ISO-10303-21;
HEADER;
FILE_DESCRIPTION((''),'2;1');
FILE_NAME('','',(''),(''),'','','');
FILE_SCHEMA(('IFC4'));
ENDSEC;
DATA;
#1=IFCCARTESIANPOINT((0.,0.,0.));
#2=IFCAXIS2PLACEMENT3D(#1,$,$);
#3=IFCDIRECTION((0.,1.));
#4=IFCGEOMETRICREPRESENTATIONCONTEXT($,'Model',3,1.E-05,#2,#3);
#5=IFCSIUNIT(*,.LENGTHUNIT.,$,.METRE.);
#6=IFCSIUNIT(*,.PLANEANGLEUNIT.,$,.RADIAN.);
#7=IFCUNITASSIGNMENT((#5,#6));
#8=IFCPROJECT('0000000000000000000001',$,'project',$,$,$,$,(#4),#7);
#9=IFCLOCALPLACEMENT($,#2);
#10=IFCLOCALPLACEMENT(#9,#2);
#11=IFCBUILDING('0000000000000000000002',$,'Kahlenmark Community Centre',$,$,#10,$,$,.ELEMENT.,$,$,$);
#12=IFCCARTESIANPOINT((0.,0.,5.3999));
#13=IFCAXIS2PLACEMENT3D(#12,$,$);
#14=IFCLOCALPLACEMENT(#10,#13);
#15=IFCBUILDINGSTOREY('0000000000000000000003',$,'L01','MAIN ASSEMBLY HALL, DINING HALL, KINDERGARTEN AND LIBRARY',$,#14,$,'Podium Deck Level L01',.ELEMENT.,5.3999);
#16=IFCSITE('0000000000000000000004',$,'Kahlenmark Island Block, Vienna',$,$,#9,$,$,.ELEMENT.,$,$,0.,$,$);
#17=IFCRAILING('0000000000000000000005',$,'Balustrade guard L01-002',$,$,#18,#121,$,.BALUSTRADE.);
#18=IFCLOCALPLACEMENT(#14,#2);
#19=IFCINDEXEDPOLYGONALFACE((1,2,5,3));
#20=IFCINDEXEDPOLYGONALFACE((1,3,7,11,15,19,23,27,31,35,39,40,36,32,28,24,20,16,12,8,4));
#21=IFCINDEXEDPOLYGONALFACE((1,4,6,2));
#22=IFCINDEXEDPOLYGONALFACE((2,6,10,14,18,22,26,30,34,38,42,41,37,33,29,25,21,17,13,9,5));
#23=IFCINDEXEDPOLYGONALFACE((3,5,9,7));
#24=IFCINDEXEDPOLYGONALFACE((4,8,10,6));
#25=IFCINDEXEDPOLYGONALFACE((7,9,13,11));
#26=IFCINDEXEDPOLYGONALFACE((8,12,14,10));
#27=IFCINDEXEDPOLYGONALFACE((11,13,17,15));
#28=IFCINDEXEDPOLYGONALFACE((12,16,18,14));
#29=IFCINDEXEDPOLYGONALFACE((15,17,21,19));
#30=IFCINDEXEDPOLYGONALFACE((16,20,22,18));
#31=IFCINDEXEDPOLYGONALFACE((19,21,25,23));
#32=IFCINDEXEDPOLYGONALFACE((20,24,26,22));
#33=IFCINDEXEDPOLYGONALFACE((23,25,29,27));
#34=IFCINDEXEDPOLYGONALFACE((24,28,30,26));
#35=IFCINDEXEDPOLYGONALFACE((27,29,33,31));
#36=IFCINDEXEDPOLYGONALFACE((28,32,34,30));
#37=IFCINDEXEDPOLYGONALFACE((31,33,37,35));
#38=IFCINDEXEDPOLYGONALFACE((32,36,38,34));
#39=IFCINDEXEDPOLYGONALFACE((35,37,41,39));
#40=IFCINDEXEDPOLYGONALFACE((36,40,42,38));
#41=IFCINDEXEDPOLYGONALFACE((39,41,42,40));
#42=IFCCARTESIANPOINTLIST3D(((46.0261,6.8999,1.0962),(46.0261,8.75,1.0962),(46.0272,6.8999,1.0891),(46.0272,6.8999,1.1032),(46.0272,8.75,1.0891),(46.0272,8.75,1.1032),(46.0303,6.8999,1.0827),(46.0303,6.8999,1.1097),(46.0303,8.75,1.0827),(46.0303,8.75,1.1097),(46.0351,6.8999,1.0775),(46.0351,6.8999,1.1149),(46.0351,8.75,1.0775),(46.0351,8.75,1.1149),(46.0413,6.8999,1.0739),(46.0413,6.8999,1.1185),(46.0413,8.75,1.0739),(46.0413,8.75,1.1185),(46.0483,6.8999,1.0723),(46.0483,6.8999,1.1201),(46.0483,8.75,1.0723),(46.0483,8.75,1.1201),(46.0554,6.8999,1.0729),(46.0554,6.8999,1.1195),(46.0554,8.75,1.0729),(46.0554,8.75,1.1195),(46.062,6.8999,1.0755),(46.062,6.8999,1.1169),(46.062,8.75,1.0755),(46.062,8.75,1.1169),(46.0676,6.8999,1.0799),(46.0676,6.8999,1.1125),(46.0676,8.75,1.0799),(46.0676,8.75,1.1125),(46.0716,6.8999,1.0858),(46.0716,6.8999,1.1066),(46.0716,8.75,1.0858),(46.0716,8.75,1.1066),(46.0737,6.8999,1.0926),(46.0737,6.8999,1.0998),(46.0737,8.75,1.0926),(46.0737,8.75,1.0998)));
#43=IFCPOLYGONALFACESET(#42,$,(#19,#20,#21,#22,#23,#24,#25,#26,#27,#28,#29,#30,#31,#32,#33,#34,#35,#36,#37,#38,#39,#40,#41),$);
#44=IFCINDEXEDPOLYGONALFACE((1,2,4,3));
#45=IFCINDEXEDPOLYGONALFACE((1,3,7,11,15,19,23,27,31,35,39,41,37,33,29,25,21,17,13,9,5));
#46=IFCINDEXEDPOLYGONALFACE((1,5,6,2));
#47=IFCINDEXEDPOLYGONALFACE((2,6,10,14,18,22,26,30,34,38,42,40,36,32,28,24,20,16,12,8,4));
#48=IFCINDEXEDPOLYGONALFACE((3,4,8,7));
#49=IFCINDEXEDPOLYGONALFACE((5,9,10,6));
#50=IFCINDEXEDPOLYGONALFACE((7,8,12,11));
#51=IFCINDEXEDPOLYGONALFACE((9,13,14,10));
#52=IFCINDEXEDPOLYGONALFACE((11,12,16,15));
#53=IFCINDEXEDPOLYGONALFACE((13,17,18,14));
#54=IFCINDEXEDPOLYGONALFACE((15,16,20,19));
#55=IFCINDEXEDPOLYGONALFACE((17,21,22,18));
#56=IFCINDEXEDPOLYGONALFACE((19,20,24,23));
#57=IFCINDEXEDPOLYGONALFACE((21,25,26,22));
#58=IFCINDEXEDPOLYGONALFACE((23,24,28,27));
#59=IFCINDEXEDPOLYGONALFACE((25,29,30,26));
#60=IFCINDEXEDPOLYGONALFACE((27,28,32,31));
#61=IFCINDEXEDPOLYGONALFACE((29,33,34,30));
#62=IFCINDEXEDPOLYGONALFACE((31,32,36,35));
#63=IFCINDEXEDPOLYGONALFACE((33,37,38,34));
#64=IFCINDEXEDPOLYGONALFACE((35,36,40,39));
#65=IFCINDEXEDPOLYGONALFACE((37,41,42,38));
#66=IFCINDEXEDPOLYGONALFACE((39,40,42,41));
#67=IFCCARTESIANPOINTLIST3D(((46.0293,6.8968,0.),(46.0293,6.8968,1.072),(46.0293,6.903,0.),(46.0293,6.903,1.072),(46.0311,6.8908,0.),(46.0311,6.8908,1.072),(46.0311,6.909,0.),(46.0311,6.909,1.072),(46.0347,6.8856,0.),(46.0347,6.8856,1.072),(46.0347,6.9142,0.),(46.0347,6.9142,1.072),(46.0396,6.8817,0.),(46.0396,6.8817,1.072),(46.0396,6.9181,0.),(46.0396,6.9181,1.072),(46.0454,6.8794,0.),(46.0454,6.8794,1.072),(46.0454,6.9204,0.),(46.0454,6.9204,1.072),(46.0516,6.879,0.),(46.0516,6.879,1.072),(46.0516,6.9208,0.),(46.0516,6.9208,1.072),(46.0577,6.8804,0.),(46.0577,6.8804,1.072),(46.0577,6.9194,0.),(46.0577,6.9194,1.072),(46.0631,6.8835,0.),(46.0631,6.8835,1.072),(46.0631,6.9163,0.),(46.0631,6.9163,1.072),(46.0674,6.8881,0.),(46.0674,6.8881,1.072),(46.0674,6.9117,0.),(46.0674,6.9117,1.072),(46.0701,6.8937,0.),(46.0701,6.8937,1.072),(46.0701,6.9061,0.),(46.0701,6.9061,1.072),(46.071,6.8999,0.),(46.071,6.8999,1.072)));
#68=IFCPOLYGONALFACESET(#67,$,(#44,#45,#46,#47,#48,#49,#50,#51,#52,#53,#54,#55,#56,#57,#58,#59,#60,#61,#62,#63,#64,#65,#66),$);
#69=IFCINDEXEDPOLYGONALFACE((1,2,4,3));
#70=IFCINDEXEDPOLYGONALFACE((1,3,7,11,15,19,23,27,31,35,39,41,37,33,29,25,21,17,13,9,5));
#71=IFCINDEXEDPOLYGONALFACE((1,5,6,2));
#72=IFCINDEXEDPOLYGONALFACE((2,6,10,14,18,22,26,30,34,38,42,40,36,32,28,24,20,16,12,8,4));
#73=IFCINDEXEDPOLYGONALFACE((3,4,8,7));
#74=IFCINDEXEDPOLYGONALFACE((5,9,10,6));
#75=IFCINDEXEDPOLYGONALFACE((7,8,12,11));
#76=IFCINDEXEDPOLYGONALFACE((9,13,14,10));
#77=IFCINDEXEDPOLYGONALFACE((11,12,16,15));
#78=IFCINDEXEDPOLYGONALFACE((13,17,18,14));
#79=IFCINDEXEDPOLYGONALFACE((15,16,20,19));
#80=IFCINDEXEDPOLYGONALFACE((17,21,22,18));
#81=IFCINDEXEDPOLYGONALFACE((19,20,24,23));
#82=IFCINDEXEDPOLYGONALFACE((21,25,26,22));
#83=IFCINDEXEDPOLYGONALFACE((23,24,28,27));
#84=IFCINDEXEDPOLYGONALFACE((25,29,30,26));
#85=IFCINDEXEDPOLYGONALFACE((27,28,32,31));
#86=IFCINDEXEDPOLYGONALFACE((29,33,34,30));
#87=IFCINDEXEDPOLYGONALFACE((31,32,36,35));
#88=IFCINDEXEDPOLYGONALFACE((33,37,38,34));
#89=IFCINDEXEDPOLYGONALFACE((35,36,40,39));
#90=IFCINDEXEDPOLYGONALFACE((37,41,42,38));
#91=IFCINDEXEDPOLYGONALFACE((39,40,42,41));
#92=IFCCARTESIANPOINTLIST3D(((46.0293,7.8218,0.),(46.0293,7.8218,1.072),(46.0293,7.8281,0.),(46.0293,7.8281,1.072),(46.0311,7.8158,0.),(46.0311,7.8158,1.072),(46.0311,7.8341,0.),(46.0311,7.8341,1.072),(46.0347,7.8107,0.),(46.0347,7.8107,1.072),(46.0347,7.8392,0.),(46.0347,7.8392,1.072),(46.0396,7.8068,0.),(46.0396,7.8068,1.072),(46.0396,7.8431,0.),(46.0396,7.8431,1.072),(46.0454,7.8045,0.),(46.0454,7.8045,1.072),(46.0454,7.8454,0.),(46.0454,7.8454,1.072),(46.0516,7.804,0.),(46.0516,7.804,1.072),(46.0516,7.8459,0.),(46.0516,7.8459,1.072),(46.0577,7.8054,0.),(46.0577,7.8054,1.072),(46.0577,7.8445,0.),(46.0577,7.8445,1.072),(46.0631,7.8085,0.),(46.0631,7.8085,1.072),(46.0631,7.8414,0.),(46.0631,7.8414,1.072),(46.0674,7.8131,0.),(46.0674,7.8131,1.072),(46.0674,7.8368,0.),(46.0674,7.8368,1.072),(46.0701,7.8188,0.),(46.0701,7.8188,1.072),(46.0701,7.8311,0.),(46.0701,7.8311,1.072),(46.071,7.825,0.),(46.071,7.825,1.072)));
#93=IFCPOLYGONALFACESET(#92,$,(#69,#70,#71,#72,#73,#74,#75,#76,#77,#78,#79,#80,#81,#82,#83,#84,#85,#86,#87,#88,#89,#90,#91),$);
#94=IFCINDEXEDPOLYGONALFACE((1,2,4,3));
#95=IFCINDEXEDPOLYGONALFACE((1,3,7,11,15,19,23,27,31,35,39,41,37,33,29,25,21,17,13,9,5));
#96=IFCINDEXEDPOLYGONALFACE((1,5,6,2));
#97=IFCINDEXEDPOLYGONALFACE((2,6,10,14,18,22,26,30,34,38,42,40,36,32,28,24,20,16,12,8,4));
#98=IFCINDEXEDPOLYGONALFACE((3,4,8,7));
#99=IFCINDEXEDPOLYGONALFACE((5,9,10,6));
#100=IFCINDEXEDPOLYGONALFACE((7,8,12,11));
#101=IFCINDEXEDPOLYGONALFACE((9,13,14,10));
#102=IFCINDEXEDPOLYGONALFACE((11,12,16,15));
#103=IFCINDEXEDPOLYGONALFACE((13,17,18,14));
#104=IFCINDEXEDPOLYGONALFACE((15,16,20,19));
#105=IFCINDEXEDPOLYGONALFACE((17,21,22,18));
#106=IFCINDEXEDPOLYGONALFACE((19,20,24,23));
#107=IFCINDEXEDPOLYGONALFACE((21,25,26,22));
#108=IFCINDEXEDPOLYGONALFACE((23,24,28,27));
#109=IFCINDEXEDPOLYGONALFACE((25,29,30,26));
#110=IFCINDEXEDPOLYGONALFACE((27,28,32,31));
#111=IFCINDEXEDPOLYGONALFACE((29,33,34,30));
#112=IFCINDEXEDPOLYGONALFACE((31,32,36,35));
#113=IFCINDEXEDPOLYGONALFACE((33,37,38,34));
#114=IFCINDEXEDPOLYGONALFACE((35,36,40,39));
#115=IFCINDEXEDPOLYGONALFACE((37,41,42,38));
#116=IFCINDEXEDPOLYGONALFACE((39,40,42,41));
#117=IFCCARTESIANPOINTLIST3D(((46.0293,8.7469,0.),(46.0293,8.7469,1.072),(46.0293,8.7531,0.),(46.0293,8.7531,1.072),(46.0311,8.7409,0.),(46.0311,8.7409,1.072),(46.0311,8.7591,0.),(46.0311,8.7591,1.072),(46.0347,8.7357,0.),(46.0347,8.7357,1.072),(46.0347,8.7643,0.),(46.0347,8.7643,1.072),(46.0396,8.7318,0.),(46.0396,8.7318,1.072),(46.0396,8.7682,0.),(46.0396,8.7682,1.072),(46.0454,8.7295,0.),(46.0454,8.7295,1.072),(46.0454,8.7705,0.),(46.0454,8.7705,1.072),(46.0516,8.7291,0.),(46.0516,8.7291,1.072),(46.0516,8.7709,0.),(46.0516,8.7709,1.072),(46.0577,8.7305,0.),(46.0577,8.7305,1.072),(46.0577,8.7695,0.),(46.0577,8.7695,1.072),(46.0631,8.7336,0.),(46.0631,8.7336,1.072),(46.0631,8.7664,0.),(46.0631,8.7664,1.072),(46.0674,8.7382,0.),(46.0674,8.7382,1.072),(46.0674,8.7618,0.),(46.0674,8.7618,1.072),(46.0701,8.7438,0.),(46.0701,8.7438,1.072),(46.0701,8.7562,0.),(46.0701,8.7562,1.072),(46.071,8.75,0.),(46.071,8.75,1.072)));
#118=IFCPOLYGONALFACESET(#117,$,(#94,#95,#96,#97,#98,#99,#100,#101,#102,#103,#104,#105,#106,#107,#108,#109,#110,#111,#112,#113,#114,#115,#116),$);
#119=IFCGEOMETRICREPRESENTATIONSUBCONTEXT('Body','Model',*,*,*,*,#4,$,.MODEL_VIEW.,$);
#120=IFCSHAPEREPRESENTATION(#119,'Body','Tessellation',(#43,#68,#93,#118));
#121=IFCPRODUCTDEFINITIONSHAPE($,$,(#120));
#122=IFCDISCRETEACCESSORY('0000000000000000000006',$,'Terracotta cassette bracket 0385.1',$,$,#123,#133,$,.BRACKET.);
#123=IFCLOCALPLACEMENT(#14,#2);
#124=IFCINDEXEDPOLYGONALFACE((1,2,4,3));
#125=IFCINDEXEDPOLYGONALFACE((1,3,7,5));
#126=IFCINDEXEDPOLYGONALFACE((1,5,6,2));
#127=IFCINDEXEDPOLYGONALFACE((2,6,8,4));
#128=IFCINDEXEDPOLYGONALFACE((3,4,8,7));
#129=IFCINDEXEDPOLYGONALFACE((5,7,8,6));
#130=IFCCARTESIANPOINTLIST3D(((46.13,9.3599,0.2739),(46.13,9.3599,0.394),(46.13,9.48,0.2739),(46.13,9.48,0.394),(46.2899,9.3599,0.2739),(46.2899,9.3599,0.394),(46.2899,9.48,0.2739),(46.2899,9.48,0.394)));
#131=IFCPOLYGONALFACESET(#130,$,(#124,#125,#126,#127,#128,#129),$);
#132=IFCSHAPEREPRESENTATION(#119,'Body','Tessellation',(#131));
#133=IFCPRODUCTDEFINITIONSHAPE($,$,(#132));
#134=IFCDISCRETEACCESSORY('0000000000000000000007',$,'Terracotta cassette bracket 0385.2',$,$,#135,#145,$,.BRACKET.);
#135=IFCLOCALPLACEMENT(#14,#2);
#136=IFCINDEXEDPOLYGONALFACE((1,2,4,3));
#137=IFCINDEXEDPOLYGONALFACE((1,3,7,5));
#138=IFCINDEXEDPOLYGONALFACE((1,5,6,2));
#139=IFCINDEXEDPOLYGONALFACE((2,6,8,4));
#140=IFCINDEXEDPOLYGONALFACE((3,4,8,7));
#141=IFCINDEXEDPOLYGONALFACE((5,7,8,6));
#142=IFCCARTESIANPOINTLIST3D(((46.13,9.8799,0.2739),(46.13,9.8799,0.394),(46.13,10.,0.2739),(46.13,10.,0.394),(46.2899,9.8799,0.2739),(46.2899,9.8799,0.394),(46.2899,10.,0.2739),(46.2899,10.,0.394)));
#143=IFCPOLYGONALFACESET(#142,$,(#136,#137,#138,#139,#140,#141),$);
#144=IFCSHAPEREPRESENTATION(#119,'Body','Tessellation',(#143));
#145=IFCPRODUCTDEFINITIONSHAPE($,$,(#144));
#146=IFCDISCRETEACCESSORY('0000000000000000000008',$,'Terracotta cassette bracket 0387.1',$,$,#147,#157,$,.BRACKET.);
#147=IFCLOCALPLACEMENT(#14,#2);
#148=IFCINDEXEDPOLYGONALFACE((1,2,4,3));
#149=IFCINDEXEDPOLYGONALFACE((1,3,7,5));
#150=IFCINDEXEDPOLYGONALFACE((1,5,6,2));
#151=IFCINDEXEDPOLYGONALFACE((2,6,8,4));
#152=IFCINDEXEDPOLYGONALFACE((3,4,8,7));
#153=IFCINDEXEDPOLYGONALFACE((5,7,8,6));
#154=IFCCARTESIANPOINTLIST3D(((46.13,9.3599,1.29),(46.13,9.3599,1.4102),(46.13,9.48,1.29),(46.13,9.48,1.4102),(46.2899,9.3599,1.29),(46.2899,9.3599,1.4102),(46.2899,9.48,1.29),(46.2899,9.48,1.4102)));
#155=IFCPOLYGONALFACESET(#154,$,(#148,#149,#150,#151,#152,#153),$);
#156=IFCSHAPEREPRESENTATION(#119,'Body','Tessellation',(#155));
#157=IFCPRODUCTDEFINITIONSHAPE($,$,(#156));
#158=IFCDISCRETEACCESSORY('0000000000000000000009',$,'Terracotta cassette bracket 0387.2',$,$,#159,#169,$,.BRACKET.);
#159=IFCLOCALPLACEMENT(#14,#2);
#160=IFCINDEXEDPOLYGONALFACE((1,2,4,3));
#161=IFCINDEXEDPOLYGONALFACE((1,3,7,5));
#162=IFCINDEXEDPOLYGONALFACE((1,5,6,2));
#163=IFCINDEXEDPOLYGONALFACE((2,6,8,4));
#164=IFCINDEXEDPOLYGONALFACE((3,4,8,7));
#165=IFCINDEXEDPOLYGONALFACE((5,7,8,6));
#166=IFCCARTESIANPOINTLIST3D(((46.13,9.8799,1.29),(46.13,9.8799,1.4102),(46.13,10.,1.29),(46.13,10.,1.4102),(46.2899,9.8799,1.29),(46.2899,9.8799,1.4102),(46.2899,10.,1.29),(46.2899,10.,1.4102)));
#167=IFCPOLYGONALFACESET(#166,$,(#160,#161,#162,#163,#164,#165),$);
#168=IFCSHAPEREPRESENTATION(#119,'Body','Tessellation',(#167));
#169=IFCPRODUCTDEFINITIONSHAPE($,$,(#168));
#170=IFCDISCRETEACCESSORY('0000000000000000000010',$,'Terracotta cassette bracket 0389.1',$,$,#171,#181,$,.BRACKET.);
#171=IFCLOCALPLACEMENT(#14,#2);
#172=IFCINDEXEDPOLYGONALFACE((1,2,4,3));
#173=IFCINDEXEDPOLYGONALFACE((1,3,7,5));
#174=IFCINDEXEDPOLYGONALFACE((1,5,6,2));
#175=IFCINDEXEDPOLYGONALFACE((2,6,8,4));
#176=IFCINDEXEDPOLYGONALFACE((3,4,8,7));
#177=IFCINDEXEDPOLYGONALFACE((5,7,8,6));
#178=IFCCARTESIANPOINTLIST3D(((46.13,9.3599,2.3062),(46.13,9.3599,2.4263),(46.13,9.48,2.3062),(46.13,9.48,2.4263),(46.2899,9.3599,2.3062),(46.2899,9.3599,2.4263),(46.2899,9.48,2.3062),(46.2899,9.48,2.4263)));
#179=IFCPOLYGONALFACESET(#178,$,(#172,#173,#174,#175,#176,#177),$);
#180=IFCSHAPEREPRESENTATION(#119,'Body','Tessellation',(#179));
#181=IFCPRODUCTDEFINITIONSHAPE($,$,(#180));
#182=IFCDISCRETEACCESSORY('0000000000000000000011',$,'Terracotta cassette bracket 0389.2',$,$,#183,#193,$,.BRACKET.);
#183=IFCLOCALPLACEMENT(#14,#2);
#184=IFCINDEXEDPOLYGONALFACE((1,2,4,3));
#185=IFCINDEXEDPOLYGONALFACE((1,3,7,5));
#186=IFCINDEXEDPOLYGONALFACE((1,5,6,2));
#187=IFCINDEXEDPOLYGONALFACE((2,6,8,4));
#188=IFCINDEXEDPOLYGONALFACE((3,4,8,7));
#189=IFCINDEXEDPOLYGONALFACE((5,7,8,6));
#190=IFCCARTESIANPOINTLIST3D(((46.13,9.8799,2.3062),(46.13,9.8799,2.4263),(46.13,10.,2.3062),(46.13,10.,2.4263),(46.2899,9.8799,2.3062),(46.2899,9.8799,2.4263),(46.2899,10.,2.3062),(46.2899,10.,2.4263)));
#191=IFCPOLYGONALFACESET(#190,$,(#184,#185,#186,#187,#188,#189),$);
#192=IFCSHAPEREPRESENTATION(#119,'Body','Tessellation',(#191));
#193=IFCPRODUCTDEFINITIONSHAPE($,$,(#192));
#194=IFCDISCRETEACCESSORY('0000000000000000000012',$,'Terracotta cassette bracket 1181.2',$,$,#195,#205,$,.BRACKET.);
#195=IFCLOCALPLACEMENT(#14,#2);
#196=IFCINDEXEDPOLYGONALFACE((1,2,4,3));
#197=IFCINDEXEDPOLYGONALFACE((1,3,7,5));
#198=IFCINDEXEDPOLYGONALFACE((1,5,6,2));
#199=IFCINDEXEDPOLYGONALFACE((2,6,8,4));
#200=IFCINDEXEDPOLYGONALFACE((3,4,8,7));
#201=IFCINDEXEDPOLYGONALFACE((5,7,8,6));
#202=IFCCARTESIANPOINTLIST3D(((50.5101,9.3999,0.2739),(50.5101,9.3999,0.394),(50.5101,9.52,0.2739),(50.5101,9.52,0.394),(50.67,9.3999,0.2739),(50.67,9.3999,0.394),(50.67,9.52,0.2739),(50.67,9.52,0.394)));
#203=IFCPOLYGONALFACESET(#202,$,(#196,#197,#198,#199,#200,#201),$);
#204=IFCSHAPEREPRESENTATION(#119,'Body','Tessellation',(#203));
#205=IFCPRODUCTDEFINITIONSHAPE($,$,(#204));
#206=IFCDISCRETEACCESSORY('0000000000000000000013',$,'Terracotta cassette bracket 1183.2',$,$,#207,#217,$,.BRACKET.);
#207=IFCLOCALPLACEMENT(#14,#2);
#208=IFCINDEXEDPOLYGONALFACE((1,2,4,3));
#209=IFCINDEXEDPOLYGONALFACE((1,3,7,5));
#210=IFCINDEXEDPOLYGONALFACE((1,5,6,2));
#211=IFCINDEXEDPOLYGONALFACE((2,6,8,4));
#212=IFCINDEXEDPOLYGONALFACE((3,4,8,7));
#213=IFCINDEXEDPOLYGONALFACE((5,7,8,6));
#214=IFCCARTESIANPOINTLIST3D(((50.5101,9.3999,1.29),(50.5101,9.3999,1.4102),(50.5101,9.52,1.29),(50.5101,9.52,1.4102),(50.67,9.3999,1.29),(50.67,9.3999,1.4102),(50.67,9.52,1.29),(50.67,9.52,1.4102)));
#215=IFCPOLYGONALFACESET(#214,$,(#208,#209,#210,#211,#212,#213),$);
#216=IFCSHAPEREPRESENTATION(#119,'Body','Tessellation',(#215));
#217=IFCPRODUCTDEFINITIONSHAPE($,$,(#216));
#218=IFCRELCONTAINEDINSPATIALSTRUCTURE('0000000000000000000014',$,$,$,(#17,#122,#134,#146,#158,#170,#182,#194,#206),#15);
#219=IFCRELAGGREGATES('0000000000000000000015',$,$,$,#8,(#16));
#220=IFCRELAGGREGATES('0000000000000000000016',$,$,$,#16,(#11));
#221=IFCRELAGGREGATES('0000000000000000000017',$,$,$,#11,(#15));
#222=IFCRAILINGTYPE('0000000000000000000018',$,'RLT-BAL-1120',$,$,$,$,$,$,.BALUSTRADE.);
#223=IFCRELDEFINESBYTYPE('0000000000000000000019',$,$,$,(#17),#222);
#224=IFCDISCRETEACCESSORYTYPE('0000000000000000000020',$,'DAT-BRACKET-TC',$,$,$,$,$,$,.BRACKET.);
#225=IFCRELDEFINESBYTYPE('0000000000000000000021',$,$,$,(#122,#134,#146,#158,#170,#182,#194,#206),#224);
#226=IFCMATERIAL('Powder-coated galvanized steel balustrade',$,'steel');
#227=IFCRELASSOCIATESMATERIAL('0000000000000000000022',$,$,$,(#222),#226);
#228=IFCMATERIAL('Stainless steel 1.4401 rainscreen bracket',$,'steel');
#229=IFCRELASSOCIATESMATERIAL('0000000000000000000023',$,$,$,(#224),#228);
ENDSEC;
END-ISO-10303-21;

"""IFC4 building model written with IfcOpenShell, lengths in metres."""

from ifc_helpers import new_model, si_unit, direction, frame, origin, origin_2d, place, context, subcontext, project, spatial, rectangle, circle, extrude, material, type_object, element, save


model = new_model("IFC4")

# Units and contexts
model_context = context("Model", 3, precision=1e-05, world=origin(), true_north=direction((0.0, 1.0)))
body_context = subcontext(model_context, "Body", "Model", "MODEL_VIEW")
ifc_project = project(units=[si_unit("LENGTHUNIT", "METRE"), si_unit("PLANEANGLEUNIT", "RADIAN")], contexts=[model_context])

# Site, building, storey
site_placement = place(None, origin())
site = spatial("IfcSite", under=ifc_project, at=site_placement, Name="Kahlenmark Island Block, Vienna", CompositionType="ELEMENT", RefElevation=0.0)
building_placement = place(site_placement, origin())
building = spatial("IfcBuilding", under=site, at=building_placement, Name="Kahlenmark Community Centre", CompositionType="ELEMENT")
storey_placement = place(building_placement, frame((0.0, 0.0, 5.3999)))
storey = spatial("IfcBuildingStorey", under=building, at=storey_placement, Name="L01", Description="MAIN ASSEMBLY HALL, DINING HALL, KINDERGARTEN AND LIBRARY", LongName="Podium Deck Level L01", CompositionType="ELEMENT", Elevation=5.3999)

# Railing
ifc_material_1 = material(Name="Powder-coated galvanized steel balustrade", Category="steel")
railing_type = type_object("IfcRailingType", Name="RLT-BAL-1120", PredefinedType="BALUSTRADE", material=ifc_material_1)
railing_1_placement = place(storey_placement, frame((46.05, 6.8999, 0.0)))
element("IfcRailing", 1, at=railing_1_placement, inside=storey, type_object=railing_type, Name="Balustrade guard L01-002", PredefinedType="BALUSTRADE", context=body_context, shape_type="SweptSolid", body=[
    extrude(circle(Radius=0.0239, at=origin_2d()), frame((0.0, 0.0, 1.0962), z_axis=(0.0, 1.0, 0.0), x_axis=(-1.0, 0.0, 0.0)), (0.0, 0.0, 1.0), 1.8501),
    extrude(circle(Radius=0.021, at=origin_2d()), origin(), (0.0, 0.0, 1.0), 1.072),
    extrude(circle(Radius=0.021, at=origin_2d()), frame((0.0, 0.925, 0.0)), (0.0, 0.0, 1.0), 1.072),
    extrude(circle(Radius=0.021, at=origin_2d()), frame((0.0, 1.8501, 0.0)), (0.0, 0.0, 1.0), 1.072),
])

# Discrete accessories
ifc_material_2 = material(Name="Stainless steel 1.4401 rainscreen bracket", Category="steel")
discrete_accessory_type = type_object("IfcDiscreteAccessoryType", Name="DAT-BRACKET-TC", PredefinedType="BRACKET", material=ifc_material_2)
for number, where, z_axis, x_axis, name in (
    (2, (46.21, 9.4199, 0.2739), (0.0, 0.0, 1.0), (0.0, 1.0, 0.0), "Terracotta cassette bracket 0385.1"),
    (3, (46.21, 9.9399, 0.2739), (0.0, 0.0, 1.0), (0.0, 1.0, 0.0), "Terracotta cassette bracket 0385.2"),
    (4, (46.21, 9.4199, 1.29), (0.0, 0.0, 1.0), (0.0, 1.0, 0.0), "Terracotta cassette bracket 0387.1"),
    (5, (46.21, 9.9399, 1.29), (0.0, 0.0, 1.0), (0.0, 1.0, 0.0), "Terracotta cassette bracket 0387.2"),
    (6, (46.21, 9.4199, 2.3062), (0.0, 0.0, 1.0), (0.0, 1.0, 0.0), "Terracotta cassette bracket 0389.1"),
    (7, (46.21, 9.9399, 2.3062), (0.0, 0.0, 1.0), (0.0, 1.0, 0.0), "Terracotta cassette bracket 0389.2"),
    (8, (50.5901, 9.46, 0.2739), (0.0, 0.0, 1.0), (0.0, -1.0, 0.0), "Terracotta cassette bracket 1181.2"),
    (9, (50.5901, 9.46, 1.29), (0.0, 0.0, 1.0), (0.0, -1.0, 0.0), "Terracotta cassette bracket 1183.2"),
):
    element("IfcDiscreteAccessory", number, at=place(storey_placement, frame(where, z_axis=z_axis, x_axis=x_axis)), inside=storey, type_object=discrete_accessory_type, Name=name, PredefinedType="BRACKET", context=body_context, shape_type="SweptSolid", body=[
        extrude(rectangle(XDim=0.1201, YDim=0.1599, at=origin_2d()), origin(), (0.0, 0.0, 1.0), 0.1201),
    ])

save(model, "model.ifc")
